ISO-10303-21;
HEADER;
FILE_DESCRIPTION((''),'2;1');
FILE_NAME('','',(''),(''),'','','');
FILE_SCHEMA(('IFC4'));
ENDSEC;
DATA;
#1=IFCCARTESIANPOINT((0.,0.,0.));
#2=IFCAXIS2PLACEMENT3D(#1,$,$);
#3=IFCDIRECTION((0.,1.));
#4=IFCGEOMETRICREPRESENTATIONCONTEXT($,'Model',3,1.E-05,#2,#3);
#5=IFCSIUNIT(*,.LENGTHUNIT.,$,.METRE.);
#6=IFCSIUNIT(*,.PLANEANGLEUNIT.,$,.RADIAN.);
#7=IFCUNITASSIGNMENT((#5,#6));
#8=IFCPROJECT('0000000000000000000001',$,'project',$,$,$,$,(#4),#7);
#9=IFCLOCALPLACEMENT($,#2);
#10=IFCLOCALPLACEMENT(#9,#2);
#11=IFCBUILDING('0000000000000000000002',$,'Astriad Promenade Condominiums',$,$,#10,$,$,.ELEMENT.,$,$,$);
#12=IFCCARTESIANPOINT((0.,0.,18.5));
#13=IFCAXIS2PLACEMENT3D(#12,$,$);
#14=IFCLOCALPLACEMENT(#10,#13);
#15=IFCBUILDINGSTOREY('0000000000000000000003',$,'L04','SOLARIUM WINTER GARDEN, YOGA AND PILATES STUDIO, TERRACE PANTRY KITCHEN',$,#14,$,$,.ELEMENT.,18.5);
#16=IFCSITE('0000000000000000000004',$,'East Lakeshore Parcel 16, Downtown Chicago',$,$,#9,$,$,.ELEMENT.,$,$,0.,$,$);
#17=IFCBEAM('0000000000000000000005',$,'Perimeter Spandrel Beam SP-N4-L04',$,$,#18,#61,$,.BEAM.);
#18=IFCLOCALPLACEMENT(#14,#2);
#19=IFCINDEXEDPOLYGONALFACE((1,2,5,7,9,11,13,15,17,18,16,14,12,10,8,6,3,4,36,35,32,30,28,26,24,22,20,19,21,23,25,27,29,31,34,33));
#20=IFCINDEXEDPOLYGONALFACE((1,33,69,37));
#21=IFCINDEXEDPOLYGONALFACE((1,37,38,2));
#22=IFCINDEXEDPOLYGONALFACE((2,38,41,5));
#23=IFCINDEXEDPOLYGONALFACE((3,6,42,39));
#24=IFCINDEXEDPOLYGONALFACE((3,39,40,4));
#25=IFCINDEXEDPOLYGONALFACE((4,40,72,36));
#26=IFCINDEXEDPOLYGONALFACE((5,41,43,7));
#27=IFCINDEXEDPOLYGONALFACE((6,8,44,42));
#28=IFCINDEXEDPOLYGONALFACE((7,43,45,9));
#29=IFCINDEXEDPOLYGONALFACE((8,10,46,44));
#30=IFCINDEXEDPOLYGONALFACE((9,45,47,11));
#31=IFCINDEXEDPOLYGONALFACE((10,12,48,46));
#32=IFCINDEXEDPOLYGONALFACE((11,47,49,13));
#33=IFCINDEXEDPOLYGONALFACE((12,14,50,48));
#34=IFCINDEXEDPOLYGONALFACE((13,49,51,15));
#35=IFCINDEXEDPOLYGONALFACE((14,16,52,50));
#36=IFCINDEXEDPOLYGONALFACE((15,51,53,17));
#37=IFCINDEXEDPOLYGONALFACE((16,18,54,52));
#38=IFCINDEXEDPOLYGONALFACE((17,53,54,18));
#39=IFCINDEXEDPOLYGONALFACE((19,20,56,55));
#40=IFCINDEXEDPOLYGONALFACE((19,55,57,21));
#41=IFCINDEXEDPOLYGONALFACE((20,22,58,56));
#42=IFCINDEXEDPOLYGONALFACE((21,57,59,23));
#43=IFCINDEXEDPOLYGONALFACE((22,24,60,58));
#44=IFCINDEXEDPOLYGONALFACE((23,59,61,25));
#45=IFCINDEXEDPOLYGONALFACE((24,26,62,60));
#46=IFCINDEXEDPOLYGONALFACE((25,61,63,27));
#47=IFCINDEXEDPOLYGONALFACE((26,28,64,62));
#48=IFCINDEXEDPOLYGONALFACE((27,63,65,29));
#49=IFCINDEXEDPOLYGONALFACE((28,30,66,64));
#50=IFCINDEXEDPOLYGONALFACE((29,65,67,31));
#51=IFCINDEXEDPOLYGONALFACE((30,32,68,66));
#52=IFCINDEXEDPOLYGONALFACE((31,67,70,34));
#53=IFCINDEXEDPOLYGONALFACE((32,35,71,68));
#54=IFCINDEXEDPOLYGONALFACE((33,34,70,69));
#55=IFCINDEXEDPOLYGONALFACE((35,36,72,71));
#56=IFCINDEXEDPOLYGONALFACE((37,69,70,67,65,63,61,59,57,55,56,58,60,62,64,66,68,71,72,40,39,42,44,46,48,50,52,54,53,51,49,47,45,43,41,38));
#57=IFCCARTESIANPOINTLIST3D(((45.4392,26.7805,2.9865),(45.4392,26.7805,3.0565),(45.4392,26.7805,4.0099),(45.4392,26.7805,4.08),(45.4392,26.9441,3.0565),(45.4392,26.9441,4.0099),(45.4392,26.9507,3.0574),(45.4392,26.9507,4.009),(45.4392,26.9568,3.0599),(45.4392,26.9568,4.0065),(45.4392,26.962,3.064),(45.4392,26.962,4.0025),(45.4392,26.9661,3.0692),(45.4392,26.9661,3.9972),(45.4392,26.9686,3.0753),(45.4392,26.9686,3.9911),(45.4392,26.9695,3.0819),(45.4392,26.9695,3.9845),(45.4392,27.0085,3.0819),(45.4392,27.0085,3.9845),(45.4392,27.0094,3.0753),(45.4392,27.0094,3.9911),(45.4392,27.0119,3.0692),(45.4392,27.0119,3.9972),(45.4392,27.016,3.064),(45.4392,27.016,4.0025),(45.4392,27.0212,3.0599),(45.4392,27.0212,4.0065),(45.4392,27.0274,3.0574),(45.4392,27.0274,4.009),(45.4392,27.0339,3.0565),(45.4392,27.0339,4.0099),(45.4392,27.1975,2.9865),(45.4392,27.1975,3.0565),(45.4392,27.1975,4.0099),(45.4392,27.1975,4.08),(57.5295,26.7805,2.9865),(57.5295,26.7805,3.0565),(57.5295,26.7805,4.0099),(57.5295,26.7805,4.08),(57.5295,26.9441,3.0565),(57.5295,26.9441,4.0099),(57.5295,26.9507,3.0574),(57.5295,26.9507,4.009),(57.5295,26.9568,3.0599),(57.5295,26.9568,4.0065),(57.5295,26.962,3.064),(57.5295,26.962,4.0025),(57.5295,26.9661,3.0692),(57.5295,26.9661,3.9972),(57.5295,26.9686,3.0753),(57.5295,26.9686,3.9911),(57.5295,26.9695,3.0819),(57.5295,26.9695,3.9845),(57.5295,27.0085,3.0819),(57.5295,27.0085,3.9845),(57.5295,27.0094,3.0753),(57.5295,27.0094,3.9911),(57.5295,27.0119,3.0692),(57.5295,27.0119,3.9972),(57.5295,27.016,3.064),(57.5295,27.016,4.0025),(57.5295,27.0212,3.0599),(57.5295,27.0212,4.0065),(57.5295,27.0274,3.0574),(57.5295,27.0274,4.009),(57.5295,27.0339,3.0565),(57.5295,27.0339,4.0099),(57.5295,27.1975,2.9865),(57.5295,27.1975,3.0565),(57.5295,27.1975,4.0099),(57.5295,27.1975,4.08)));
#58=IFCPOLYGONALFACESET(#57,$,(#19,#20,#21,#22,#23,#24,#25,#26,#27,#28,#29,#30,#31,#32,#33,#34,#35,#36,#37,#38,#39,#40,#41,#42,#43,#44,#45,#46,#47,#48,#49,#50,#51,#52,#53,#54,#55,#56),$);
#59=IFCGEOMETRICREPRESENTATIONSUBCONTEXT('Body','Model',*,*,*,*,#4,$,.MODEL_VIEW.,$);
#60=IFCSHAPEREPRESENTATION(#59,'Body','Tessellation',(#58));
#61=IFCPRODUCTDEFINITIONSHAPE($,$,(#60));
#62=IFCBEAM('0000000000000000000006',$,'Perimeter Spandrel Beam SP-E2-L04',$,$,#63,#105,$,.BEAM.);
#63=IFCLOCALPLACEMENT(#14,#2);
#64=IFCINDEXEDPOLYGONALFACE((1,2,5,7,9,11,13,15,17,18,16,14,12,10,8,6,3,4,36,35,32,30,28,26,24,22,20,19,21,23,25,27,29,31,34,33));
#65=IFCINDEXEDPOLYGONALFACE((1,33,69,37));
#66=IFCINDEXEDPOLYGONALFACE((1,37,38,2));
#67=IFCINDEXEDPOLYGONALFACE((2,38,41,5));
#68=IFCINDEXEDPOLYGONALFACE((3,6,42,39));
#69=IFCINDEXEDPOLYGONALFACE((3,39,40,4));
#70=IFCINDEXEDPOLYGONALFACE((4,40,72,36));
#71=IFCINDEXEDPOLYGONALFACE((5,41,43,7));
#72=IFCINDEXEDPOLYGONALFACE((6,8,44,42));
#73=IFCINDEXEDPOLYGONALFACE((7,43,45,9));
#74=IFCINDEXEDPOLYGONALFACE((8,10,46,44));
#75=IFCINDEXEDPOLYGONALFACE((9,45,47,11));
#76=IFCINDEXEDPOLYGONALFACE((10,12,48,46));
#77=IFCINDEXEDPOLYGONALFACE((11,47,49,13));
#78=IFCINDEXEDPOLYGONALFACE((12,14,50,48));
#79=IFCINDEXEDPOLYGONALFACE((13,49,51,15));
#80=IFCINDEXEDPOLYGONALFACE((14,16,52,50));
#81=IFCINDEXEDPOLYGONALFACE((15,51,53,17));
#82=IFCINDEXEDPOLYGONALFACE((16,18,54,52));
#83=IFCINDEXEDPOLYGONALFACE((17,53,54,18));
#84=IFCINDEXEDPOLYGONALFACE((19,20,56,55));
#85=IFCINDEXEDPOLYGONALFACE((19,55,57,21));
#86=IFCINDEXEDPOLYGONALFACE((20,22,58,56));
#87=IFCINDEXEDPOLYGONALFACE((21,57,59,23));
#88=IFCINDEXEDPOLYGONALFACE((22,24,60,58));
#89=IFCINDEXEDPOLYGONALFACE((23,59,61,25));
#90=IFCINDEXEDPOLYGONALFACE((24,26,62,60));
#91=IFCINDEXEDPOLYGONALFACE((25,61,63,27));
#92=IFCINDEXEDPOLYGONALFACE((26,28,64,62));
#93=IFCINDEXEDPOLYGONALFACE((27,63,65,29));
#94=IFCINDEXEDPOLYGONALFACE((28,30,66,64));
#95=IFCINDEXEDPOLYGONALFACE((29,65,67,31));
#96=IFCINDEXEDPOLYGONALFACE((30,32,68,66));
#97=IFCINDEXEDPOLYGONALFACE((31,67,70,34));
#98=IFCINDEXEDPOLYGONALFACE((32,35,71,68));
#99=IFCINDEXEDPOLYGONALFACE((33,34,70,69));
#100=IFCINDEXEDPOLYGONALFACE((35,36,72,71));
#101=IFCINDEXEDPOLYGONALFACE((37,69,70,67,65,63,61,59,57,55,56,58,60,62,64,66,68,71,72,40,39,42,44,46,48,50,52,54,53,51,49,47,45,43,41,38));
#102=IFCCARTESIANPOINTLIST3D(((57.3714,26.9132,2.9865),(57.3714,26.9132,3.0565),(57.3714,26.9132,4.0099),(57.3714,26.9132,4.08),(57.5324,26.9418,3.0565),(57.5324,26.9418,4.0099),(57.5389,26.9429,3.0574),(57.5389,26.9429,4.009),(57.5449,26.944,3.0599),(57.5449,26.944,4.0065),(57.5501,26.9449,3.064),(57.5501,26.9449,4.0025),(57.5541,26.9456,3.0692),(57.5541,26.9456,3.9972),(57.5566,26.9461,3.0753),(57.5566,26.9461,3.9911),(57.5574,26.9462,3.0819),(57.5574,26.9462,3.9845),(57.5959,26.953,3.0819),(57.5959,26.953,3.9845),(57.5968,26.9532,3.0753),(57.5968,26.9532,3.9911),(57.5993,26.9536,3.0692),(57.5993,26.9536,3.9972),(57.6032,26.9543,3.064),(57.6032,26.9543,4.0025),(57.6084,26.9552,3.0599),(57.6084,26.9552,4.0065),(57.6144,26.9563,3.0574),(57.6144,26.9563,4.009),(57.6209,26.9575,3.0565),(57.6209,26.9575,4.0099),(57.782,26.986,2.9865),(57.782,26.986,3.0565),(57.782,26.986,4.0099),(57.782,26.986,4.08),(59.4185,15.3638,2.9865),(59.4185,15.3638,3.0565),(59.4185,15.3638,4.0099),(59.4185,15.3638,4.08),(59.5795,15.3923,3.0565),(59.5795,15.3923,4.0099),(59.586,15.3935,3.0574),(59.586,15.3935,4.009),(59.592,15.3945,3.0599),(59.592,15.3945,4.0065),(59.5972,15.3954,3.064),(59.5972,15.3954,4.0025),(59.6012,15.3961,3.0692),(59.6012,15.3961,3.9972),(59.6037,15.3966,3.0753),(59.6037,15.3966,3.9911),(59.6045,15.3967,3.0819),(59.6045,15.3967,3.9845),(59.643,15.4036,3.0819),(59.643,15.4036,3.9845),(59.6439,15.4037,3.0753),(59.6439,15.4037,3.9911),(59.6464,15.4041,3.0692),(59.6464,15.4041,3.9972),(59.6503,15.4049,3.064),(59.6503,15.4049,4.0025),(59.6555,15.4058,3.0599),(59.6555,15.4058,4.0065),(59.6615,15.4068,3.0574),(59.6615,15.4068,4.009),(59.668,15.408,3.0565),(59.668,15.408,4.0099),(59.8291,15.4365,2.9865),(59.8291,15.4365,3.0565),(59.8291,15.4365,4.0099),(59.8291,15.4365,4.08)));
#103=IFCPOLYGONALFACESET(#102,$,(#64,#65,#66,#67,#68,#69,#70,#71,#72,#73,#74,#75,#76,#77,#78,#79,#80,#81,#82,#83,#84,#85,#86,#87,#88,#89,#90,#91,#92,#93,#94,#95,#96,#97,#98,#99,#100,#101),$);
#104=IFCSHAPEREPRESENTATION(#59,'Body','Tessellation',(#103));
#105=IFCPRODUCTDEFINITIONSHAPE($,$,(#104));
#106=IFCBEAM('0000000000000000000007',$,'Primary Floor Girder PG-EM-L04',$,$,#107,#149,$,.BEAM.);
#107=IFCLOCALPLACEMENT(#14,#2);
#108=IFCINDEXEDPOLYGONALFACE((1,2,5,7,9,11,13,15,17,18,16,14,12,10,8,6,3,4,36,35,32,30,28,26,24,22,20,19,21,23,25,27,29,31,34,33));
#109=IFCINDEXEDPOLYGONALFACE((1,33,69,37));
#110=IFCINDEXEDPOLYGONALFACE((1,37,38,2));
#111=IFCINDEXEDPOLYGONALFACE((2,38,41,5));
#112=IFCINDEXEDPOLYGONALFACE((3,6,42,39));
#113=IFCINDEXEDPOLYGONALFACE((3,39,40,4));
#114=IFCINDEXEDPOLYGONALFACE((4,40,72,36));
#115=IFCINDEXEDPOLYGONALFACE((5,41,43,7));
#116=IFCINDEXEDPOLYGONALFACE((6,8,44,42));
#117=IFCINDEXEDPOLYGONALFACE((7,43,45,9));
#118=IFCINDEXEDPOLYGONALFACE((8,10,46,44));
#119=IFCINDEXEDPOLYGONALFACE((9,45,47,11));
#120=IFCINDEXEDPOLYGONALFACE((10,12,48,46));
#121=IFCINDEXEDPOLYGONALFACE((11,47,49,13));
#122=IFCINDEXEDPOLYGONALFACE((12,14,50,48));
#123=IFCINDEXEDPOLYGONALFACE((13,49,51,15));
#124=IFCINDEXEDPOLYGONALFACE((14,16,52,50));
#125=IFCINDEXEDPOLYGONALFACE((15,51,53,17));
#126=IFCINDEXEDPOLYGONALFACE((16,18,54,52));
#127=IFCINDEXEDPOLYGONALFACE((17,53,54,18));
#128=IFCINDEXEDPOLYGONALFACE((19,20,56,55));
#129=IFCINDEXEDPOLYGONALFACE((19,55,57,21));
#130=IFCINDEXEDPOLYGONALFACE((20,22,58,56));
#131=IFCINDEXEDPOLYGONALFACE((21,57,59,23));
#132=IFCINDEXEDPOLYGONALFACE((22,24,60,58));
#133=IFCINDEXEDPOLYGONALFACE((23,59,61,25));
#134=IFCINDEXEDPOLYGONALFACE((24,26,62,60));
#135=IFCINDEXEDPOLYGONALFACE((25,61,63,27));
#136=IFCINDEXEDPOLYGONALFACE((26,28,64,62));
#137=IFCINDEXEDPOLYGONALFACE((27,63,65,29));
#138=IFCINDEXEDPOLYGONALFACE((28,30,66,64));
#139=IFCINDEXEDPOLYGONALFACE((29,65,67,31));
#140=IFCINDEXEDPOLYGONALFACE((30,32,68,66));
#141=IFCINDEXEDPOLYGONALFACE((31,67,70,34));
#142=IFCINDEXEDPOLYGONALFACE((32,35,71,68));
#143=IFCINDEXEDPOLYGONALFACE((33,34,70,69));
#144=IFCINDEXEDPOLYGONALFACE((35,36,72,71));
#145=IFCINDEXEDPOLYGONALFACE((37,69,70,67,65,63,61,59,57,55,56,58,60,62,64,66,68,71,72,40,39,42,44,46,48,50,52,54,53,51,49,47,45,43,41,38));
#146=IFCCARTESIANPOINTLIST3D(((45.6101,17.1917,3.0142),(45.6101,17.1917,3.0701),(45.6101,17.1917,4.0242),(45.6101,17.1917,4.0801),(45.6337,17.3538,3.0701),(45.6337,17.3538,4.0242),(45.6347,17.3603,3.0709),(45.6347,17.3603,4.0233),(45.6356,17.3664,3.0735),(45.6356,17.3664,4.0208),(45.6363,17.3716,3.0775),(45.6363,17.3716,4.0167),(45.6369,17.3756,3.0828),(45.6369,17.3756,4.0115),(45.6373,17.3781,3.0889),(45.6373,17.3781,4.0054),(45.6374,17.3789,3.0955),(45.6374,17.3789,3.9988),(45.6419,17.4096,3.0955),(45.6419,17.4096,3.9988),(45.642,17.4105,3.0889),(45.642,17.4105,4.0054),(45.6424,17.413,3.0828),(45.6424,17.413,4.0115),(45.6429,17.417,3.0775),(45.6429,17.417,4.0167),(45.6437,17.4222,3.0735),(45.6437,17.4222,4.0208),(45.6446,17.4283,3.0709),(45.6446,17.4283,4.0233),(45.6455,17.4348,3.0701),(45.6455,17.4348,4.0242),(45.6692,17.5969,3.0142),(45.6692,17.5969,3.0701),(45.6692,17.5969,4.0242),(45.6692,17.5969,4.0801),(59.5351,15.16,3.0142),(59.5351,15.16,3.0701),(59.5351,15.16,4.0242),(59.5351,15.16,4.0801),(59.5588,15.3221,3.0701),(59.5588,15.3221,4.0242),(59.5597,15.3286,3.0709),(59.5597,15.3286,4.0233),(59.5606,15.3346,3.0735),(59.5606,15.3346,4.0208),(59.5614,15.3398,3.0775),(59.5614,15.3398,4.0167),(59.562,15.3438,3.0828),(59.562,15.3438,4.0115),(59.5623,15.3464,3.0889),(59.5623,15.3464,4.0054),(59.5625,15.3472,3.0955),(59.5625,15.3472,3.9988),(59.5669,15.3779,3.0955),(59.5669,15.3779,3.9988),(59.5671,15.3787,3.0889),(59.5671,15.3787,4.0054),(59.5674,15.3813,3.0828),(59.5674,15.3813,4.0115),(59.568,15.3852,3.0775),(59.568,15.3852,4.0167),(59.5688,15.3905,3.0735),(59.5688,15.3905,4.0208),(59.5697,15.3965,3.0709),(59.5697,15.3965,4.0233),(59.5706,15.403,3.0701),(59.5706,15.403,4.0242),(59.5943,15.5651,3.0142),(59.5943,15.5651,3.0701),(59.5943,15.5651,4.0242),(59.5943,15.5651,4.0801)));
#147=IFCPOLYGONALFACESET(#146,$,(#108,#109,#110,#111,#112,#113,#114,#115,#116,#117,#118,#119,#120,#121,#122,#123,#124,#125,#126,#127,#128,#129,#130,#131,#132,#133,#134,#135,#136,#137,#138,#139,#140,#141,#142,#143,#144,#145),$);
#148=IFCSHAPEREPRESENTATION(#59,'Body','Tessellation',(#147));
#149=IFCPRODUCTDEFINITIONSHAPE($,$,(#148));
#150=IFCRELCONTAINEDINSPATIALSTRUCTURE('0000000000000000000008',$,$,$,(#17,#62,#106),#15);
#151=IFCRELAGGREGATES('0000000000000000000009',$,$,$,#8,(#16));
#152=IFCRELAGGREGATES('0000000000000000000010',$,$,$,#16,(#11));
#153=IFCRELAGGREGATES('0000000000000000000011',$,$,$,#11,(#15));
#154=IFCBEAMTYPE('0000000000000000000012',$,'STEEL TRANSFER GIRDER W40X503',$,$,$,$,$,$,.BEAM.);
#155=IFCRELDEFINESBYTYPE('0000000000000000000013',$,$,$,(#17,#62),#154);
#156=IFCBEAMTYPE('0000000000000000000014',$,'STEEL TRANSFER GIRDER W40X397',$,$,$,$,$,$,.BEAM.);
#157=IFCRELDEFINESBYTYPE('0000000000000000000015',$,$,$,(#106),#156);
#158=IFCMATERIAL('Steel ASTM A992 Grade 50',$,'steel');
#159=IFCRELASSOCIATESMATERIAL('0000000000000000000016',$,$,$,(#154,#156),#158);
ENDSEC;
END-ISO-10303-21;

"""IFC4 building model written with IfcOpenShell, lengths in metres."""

from ifc_helpers import new_model, si_unit, direction, frame, origin, origin_2d, place, context, subcontext, project, spatial, i_section, extrude, source, transform, mapped, material, material_profile, profile_set, type_object, type_shapes, element, save


model = new_model("IFC4")

# Units and contexts
model_context = context("Model", 3, precision=1e-05, world=origin(), true_north=direction((0.0, 1.0)))
body_context = subcontext(model_context, "Body", "Model", "MODEL_VIEW")
ifc_project = project(units=[si_unit("LENGTHUNIT", "METRE"), si_unit("PLANEANGLEUNIT", "RADIAN")], contexts=[model_context])

# Site, building, storey
site_placement = place(None, origin())
site = spatial("IfcSite", under=ifc_project, at=site_placement, Name="East Lakeshore Parcel 16, Downtown Chicago", CompositionType="ELEMENT", RefElevation=0.0)
building_placement = place(site_placement, origin())
building = spatial("IfcBuilding", under=site, at=building_placement, Name="Astriad Promenade Condominiums", CompositionType="ELEMENT")
storey_placement = place(building_placement, frame((0.0, 0.0, 18.5)))
storey = spatial("IfcBuildingStorey", under=building, at=storey_placement, Name="L04", Description="SOLARIUM WINTER GARDEN, YOGA AND PILATES STUDIO, TERRACE PANTRY KITCHEN", CompositionType="ELEMENT", Elevation=18.5)

# Shared definitions
ifc_material_1 = material(Name="Steel ASTM A992 Grade 50", Category="steel")

# Beams
ifc_material_profile_1 = material_profile(ifc_material_1, i_section(OverallWidth=0.417, OverallDepth=1.0935, WebThickness=0.0391, FlangeThickness=0.0701, FilletRadius=0.0254, at=origin_2d()), Name="W40X503")
ifc_profile_set_1 = profile_set([ifc_material_profile_1], Name="Steel ASTM A992 Grade 50")
beam_type_1 = type_object("IfcBeamType", Name="STEEL TRANSFER GIRDER W40X503", PredefinedType="BEAM", material=ifc_profile_set_1)
shared_shape_1 = source(origin(), body_context, "Body", "SweptSolid", [
    extrude(i_section(OverallWidth=0.417, OverallDepth=1.0935, WebThickness=0.0391, FlangeThickness=0.0701, FilletRadius=0.0254, at=origin_2d()), origin(), (0.0, 0.0, 1.0), 12.0903),
])
beam_1_placement = place(storey_placement, frame((57.5295, 26.989, 3.5332), z_axis=(-1.0, 0.0, 0.0), x_axis=(0.0, -1.0, 0.0)))
element("IfcBeam", 1, at=beam_1_placement, inside=storey, type_object=beam_type_1, Name="Perimeter Spandrel Beam SP-N4-L04", PredefinedType="BEAM", context=body_context, shape_type="MappedRepresentation", body=[
    mapped(shared_shape_1, transform((0.0, 0.0, 0.0), scale=1.0)),
])
shared_shape_2 = source(origin(), body_context, "Body", "SweptSolid", [
    extrude(i_section(OverallWidth=0.417, OverallDepth=1.0935, WebThickness=0.0391, FlangeThickness=0.0701, FilletRadius=0.0254, at=origin_2d()), origin(), (0.0, 0.0, 1.0), 11.7295),
])
type_shapes(beam_type_1, [shared_shape_1, shared_shape_2])
beam_2_placement = place(storey_placement, frame((59.6238, 15.4001, 3.5332), z_axis=(-0.174526, 0.984653, 0.0), x_axis=(-0.984653, -0.174526, 0.0)))
element("IfcBeam", 2, at=beam_2_placement, inside=storey, type_object=beam_type_1, Name="Perimeter Spandrel Beam SP-E2-L04", PredefinedType="BEAM", context=body_context, shape_type="MappedRepresentation", body=[
    mapped(shared_shape_2, transform((0.0, 0.0, 0.0), scale=1.0)),
])
ifc_material_profile_2 = material_profile(ifc_material_1, i_section(OverallWidth=0.4094, OverallDepth=1.0659, WebThickness=0.031, FlangeThickness=0.0559, FilletRadius=0.0254, at=origin_2d()), Name="W40X397")
ifc_profile_set_2 = profile_set([ifc_material_profile_2], Name="Steel ASTM A992 Grade 50")
beam_type_2 = type_object("IfcBeamType", Name="STEEL TRANSFER GIRDER W40X397", PredefinedType="BEAM", material=ifc_profile_set_2)
shared_shape_3 = source(origin(), body_context, "Body", "SweptSolid", [
    extrude(i_section(OverallWidth=0.4094, OverallDepth=1.0659, WebThickness=0.031, FlangeThickness=0.0559, FilletRadius=0.0254, at=origin_2d()), origin(), (0.0, 0.0, 1.0), 14.0725),
])
type_shapes(beam_type_2, [shared_shape_3])
beam_3_placement = place(storey_placement, frame((59.5647, 15.3625, 3.5471), z_axis=(-0.989523, 0.144377, 0.0), x_axis=(-0.144377, -0.989523, 0.0)))
element("IfcBeam", 3, at=beam_3_placement, inside=storey, type_object=beam_type_2, Name="Primary Floor Girder PG-EM-L04", PredefinedType="BEAM", context=body_context, shape_type="MappedRepresentation", body=[
    mapped(shared_shape_3, transform((0.0, 0.0, 0.0), scale=1.0)),
])

save(model, "model.ifc")
